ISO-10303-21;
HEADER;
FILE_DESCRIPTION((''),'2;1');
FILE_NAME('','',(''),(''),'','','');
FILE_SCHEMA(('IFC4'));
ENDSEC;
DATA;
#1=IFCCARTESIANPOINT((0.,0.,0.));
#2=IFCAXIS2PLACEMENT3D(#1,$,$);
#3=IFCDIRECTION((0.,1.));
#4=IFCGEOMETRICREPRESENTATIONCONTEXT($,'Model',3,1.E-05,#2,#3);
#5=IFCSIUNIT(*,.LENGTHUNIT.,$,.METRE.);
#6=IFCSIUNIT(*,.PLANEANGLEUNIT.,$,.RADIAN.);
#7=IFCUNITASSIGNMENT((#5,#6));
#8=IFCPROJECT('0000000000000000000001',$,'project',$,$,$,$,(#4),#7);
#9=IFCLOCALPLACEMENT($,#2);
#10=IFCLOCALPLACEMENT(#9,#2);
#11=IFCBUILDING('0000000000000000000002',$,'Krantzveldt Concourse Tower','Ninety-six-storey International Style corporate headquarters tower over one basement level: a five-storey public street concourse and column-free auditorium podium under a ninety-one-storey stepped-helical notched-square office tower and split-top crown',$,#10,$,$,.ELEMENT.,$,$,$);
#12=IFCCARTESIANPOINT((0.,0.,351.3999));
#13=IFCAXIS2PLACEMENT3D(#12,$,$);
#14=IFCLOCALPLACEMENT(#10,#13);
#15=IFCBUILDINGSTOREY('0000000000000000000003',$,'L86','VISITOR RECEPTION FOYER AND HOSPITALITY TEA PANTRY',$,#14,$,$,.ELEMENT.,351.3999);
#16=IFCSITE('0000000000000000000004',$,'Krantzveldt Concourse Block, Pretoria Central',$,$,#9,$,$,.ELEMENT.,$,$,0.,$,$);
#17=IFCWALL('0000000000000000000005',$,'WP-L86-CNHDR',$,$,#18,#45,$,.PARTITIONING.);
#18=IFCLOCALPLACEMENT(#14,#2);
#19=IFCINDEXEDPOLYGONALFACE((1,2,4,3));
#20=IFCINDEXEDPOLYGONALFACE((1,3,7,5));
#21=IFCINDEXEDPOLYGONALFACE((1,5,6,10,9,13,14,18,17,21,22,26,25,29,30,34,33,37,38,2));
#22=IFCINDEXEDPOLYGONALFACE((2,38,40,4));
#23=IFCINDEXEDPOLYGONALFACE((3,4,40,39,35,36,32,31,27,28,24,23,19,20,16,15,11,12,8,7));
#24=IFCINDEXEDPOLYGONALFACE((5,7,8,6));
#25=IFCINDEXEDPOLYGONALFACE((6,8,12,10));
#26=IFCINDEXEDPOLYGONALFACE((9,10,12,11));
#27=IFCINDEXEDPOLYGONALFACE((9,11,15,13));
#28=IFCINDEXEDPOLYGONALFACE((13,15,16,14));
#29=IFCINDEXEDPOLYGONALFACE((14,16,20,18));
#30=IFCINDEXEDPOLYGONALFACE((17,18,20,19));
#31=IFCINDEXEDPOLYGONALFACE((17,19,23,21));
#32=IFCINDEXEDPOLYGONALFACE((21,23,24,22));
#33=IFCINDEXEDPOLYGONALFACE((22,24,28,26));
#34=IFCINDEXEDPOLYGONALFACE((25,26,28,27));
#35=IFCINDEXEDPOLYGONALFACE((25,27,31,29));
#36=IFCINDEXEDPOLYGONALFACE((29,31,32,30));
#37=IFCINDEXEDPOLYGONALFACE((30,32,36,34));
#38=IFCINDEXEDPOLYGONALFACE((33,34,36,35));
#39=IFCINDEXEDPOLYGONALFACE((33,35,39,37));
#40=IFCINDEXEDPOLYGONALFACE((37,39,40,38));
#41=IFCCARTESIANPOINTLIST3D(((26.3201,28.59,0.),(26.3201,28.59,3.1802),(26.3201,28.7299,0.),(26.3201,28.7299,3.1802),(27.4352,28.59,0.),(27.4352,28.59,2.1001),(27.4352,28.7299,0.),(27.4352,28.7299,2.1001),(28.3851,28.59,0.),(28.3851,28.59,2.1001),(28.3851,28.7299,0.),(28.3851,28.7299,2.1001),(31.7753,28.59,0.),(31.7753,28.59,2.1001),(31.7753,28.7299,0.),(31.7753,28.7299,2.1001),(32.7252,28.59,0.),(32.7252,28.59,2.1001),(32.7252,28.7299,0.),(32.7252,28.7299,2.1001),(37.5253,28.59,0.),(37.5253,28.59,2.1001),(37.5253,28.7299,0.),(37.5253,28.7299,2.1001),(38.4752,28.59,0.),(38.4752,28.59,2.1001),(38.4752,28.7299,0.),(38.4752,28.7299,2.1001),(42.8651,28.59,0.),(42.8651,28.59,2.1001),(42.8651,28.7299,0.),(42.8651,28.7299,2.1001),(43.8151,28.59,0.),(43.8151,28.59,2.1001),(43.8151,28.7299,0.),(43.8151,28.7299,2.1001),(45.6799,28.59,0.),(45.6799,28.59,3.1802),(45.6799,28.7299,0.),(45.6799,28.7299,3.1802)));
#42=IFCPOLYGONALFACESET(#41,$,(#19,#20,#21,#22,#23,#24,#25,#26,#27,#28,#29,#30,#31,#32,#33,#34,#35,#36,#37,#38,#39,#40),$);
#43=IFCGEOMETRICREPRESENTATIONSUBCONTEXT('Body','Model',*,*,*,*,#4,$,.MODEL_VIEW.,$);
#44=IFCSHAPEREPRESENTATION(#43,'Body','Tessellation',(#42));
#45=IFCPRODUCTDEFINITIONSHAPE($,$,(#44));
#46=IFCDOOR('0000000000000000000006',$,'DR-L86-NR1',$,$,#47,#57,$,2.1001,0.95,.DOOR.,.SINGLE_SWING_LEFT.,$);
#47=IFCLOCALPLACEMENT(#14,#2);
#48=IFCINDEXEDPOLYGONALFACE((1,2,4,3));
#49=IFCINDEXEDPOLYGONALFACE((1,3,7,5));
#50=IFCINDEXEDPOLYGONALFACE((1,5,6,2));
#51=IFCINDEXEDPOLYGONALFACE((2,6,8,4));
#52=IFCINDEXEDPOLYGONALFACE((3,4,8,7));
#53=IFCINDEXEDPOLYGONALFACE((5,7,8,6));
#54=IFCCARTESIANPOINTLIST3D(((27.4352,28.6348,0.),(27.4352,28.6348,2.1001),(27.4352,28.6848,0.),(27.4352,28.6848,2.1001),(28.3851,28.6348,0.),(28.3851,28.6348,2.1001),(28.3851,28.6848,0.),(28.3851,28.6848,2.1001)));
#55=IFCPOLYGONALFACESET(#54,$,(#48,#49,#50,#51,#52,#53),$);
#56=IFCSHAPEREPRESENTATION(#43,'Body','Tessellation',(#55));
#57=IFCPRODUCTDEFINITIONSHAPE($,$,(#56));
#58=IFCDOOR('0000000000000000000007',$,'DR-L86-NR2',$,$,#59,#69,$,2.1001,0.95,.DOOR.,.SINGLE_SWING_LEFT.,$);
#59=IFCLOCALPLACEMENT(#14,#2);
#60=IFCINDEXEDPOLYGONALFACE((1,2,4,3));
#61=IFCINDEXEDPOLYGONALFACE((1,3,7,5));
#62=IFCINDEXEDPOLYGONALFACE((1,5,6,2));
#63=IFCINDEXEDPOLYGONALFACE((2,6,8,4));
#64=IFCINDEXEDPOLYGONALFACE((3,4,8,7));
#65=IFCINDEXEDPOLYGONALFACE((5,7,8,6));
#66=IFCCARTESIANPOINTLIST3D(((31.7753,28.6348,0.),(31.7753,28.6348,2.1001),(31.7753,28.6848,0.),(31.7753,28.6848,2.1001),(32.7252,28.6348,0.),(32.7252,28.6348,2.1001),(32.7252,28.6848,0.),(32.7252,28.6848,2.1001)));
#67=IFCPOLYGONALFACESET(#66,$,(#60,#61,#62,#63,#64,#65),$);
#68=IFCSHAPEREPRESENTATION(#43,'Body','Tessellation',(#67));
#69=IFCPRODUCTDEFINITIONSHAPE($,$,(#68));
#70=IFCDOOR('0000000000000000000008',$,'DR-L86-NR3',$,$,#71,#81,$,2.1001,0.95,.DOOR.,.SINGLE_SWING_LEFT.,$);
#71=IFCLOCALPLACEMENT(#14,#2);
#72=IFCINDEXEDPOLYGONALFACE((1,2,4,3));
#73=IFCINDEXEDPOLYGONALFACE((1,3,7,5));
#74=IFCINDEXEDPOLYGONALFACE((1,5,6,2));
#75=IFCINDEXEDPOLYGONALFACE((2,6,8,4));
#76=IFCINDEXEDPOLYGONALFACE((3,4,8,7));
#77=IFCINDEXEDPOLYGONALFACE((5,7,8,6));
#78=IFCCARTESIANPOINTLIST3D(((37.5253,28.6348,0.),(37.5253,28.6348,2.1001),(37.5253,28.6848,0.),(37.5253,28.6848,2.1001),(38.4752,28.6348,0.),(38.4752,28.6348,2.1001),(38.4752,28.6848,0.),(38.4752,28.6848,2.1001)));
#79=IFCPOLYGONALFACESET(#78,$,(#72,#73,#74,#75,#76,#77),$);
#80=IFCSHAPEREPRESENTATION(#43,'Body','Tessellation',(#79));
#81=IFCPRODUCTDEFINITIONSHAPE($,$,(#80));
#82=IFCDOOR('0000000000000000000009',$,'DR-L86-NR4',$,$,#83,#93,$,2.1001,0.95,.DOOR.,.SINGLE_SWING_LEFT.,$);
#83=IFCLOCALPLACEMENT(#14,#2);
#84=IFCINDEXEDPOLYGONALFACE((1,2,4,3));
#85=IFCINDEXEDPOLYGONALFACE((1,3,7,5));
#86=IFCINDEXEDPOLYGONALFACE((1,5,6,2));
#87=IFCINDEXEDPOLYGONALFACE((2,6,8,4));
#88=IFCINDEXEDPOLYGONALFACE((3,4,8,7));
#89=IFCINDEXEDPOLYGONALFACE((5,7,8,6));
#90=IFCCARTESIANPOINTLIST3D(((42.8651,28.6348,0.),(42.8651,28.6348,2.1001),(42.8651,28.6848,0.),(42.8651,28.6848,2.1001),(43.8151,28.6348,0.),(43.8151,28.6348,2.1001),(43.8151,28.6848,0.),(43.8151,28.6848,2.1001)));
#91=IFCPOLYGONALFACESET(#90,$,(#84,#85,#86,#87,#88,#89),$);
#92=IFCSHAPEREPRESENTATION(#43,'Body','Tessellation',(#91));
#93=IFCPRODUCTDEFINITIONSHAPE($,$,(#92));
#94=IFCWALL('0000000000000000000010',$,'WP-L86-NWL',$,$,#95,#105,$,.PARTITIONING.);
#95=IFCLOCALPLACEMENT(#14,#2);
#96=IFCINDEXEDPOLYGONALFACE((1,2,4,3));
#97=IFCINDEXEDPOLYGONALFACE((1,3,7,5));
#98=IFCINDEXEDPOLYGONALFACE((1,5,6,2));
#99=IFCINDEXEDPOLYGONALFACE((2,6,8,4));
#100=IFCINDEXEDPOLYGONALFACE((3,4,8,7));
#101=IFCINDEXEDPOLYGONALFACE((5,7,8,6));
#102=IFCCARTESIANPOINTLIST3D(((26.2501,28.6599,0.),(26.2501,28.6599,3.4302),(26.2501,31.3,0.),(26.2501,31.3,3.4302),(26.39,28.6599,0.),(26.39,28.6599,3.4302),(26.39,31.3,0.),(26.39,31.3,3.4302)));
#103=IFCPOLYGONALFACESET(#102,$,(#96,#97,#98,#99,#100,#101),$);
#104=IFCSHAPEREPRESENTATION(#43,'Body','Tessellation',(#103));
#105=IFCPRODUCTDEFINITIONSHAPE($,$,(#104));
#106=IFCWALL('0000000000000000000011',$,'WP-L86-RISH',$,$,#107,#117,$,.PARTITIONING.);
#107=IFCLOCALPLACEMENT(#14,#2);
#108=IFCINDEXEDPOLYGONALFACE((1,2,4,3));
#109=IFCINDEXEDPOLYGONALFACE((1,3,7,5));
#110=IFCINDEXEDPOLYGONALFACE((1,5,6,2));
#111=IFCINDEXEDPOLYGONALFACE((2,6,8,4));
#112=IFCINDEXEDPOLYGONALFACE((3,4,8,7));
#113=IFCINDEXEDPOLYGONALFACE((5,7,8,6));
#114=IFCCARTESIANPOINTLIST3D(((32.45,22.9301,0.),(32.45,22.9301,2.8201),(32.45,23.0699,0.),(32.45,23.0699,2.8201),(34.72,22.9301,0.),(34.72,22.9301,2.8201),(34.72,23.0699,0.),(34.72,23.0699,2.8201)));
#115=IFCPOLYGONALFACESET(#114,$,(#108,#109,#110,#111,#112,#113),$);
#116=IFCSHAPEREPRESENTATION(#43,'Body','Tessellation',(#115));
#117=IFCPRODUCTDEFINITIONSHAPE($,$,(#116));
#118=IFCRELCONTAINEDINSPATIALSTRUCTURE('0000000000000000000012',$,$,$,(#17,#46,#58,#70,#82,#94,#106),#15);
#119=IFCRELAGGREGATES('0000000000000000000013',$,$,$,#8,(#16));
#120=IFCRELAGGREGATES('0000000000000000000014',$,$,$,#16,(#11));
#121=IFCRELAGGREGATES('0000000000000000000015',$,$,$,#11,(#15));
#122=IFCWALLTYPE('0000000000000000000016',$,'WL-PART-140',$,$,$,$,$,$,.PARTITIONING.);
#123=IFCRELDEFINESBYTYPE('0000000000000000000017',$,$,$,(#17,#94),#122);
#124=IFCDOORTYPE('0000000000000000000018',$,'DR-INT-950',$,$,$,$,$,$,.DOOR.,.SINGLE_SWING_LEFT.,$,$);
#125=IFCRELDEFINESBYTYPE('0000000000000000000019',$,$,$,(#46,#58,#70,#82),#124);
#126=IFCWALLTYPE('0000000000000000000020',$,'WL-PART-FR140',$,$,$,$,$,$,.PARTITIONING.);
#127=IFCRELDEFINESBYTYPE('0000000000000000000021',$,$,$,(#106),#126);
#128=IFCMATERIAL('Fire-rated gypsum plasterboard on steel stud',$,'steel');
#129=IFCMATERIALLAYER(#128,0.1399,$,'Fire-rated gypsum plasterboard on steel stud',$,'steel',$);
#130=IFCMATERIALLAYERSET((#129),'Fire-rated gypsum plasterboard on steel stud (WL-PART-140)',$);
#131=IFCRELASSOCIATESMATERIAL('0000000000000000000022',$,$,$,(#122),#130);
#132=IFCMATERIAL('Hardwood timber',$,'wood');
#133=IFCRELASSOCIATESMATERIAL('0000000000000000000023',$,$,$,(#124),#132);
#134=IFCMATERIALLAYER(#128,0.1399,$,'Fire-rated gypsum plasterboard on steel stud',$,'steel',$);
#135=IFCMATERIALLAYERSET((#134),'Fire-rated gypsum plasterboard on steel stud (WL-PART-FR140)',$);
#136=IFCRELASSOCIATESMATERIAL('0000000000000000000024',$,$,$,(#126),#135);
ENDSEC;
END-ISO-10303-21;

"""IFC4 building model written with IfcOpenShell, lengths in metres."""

from ifc_helpers import new_model, si_unit, direction, frame, frame_2d, origin, place, context, subcontext, project, spatial, rectangle, extrude, material, layer, layer_set, type_object, element, fill, save


model = new_model("IFC4")

# Units and contexts
model_context = context("Model", 3, precision=1e-05, world=origin(), true_north=direction((0.0, 1.0)))
body_context = subcontext(model_context, "Body", "Model", "MODEL_VIEW")
ifc_project = project(units=[si_unit("LENGTHUNIT", "METRE"), si_unit("PLANEANGLEUNIT", "RADIAN")], contexts=[model_context])

# Site, building, storey
site_placement = place(None, origin())
site = spatial("IfcSite", under=ifc_project, at=site_placement, Name="Krantzveldt Concourse Block, Pretoria Central", CompositionType="ELEMENT", RefElevation=0.0)
building_placement = place(site_placement, origin())
building = spatial("IfcBuilding", under=site, at=building_placement, Name="Krantzveldt Concourse Tower", Description="Ninety-six-storey International Style corporate headquarters tower over one basement level: a five-storey public street concourse and column-free auditorium podium under a ninety-one-storey stepped-helical notched-square office tower and split-top crown", CompositionType="ELEMENT")
storey_placement = place(building_placement, frame((0.0, 0.0, 351.3999)))
storey = spatial("IfcBuildingStorey", under=building, at=storey_placement, Name="L86", Description="VISITOR RECEPTION FOYER AND HOSPITALITY TEA PANTRY", CompositionType="ELEMENT", Elevation=351.3999)

# Shared definitions
ifc_material_1 = material(Name="Fire-rated gypsum plasterboard on steel stud", Category="steel")

# Wall, openings, doors
ifc_layer_1 = layer(ifc_material_1, 0.1399, Name="Fire-rated gypsum plasterboard on steel stud", Category="steel")
ifc_layer_set_1 = layer_set([ifc_layer_1], Name="Fire-rated gypsum plasterboard on steel stud (WL-PART-140)")
wall_type_1 = type_object("IfcWallType", Name="WL-PART-140", PredefinedType="PARTITIONING", material=ifc_layer_set_1)
wall_1_placement = place(storey_placement, frame((26.3201, 28.6599, 0.0), z_axis=(0.0, 0.0, 1.0), x_axis=(1.0, 0.0, 0.0)))
wall_1 = element("IfcWall", 1, at=wall_1_placement, inside=storey, type_object=wall_type_1, Name="WP-L86-CNHDR", PredefinedType="PARTITIONING", context=body_context, shape_type="SweptSolid", body=[
    extrude(rectangle(XDim=19.3599, YDim=0.1399, at=frame_2d((9.6799, 0.0))), origin(), (0.0, 0.0, 1.0), 3.1802),
])
opening_1_placement = place(wall_1_placement, frame((1.115, 0.0, 0.0)))
opening_1 = element("IfcOpeningElement", 2, at=opening_1_placement, cuts=wall_1, PredefinedType="OPENING", context=body_context, shape_type="SweptSolid", body=[
    extrude(rectangle(XDim=0.95, YDim=2.1001, at=frame_2d((0.4751, 1.05))), frame((0.0, 0.0801, 0.0), z_axis=(0.0, -1.0, 0.0), x_axis=(1.0, 0.0, 0.0)), (0.0, 0.0, 1.0), 0.1599),
])
opening_2_placement = place(wall_1_placement, frame((5.4551, 0.0, 0.0)))
opening_2 = element("IfcOpeningElement", 3, at=opening_2_placement, cuts=wall_1, PredefinedType="OPENING", context=body_context, shape_type="SweptSolid", body=[
    extrude(rectangle(XDim=0.95, YDim=2.1001, at=frame_2d((0.4751, 1.05))), frame((0.0, 0.0801, 0.0), z_axis=(0.0, -1.0, 0.0), x_axis=(1.0, 0.0, 0.0)), (0.0, 0.0, 1.0), 0.1599),
])
opening_3_placement = place(wall_1_placement, frame((11.2051, 0.0, 0.0)))
opening_3 = element("IfcOpeningElement", 4, at=opening_3_placement, cuts=wall_1, PredefinedType="OPENING", context=body_context, shape_type="SweptSolid", body=[
    extrude(rectangle(XDim=0.95, YDim=2.1001, at=frame_2d((0.4751, 1.05))), frame((0.0, 0.0801, 0.0), z_axis=(0.0, -1.0, 0.0), x_axis=(1.0, 0.0, 0.0)), (0.0, 0.0, 1.0), 0.1599),
])
opening_4_placement = place(wall_1_placement, frame((16.5449, 0.0, 0.0)))
opening_4 = element("IfcOpeningElement", 5, at=opening_4_placement, cuts=wall_1, PredefinedType="OPENING", context=body_context, shape_type="SweptSolid", body=[
    extrude(rectangle(XDim=0.95, YDim=2.1001, at=frame_2d((0.4751, 1.05))), frame((0.0, 0.0801, 0.0), z_axis=(0.0, -1.0, 0.0), x_axis=(1.0, 0.0, 0.0)), (0.0, 0.0, 1.0), 0.1599),
])
ifc_material_2 = material(Name="Hardwood timber", Category="wood")
door_type_1 = type_object("IfcDoorType", Name="DR-INT-950", OperationType="SINGLE_SWING_LEFT", PredefinedType="DOOR", material=ifc_material_2)
door_1_placement = place(opening_1_placement, origin())
door_1 = element("IfcDoor", 6, at=door_1_placement, inside=storey, type_object=door_type_1, Name="DR-L86-NR1", OperationType="SINGLE_SWING_LEFT", OverallHeight=2.1001, OverallWidth=0.95, PredefinedType="DOOR", context=body_context, shape_type="SweptSolid", body=[
    extrude(rectangle(XDim=0.95, YDim=2.1001, at=frame_2d((0.4751, 1.05))), frame((0.0, 0.0249, 0.0), z_axis=(0.0, -1.0, 0.0), x_axis=(1.0, 0.0, 0.0)), (0.0, 0.0, 1.0), 0.05),
])
fill(opening_1, door_1)
door_2_placement = place(opening_2_placement, origin())
door_2 = element("IfcDoor", 7, at=door_2_placement, inside=storey, type_object=door_type_1, Name="DR-L86-NR2", OperationType="SINGLE_SWING_LEFT", OverallHeight=2.1001, OverallWidth=0.95, PredefinedType="DOOR", context=body_context, shape_type="SweptSolid", body=[
    extrude(rectangle(XDim=0.95, YDim=2.1001, at=frame_2d((0.4751, 1.05))), frame((0.0, 0.0249, 0.0), z_axis=(0.0, -1.0, 0.0), x_axis=(1.0, 0.0, 0.0)), (0.0, 0.0, 1.0), 0.05),
])
fill(opening_2, door_2)
door_3_placement = place(opening_3_placement, origin())
door_3 = element("IfcDoor", 8, at=door_3_placement, inside=storey, type_object=door_type_1, Name="DR-L86-NR3", OperationType="SINGLE_SWING_LEFT", OverallHeight=2.1001, OverallWidth=0.95, PredefinedType="DOOR", context=body_context, shape_type="SweptSolid", body=[
    extrude(rectangle(XDim=0.95, YDim=2.1001, at=frame_2d((0.4751, 1.05))), frame((0.0, 0.0249, 0.0), z_axis=(0.0, -1.0, 0.0), x_axis=(1.0, 0.0, 0.0)), (0.0, 0.0, 1.0), 0.05),
])
fill(opening_3, door_3)
door_4_placement = place(opening_4_placement, origin())
door_4 = element("IfcDoor", 9, at=door_4_placement, inside=storey, type_object=door_type_1, Name="DR-L86-NR4", OperationType="SINGLE_SWING_LEFT", OverallHeight=2.1001, OverallWidth=0.95, PredefinedType="DOOR", context=body_context, shape_type="SweptSolid", body=[
    extrude(rectangle(XDim=0.95, YDim=2.1001, at=frame_2d((0.4751, 1.05))), frame((0.0, 0.0249, 0.0), z_axis=(0.0, -1.0, 0.0), x_axis=(1.0, 0.0, 0.0)), (0.0, 0.0, 1.0), 0.05),
])
fill(opening_4, door_4)

# Walls
wall_2_placement = place(storey_placement, frame((26.3201, 28.6599, 0.0), z_axis=(0.0, 0.0, 1.0), x_axis=(0.0, 1.0, 0.0)))
element("IfcWall", 10, at=wall_2_placement, inside=storey, type_object=wall_type_1, Name="WP-L86-NWL", PredefinedType="PARTITIONING", context=body_context, shape_type="SweptSolid", body=[
    extrude(rectangle(XDim=2.6401, YDim=0.1399, at=frame_2d((1.3201, 0.0))), origin(), (0.0, 0.0, 1.0), 3.4302),
])
ifc_layer_2 = layer(ifc_material_1, 0.1399, Name="Fire-rated gypsum plasterboard on steel stud", Category="steel")
ifc_layer_set_2 = layer_set([ifc_layer_2], Name="Fire-rated gypsum plasterboard on steel stud (WL-PART-FR140)")
wall_type_2 = type_object("IfcWallType", Name="WL-PART-FR140", PredefinedType="PARTITIONING", material=ifc_layer_set_2)
wall_3_placement = place(storey_placement, frame((32.45, 23.0, 0.0), z_axis=(0.0, 0.0, 1.0), x_axis=(1.0, 0.0, 0.0)))
element("IfcWall", 11, at=wall_3_placement, inside=storey, type_object=wall_type_2, Name="WP-L86-RISH", PredefinedType="PARTITIONING", context=body_context, shape_type="SweptSolid", body=[
    extrude(rectangle(XDim=2.27, YDim=0.1399, at=frame_2d((1.135, 0.0))), origin(), (0.0, 0.0, 1.0), 2.8201),
])

save(model, "model.ifc")
